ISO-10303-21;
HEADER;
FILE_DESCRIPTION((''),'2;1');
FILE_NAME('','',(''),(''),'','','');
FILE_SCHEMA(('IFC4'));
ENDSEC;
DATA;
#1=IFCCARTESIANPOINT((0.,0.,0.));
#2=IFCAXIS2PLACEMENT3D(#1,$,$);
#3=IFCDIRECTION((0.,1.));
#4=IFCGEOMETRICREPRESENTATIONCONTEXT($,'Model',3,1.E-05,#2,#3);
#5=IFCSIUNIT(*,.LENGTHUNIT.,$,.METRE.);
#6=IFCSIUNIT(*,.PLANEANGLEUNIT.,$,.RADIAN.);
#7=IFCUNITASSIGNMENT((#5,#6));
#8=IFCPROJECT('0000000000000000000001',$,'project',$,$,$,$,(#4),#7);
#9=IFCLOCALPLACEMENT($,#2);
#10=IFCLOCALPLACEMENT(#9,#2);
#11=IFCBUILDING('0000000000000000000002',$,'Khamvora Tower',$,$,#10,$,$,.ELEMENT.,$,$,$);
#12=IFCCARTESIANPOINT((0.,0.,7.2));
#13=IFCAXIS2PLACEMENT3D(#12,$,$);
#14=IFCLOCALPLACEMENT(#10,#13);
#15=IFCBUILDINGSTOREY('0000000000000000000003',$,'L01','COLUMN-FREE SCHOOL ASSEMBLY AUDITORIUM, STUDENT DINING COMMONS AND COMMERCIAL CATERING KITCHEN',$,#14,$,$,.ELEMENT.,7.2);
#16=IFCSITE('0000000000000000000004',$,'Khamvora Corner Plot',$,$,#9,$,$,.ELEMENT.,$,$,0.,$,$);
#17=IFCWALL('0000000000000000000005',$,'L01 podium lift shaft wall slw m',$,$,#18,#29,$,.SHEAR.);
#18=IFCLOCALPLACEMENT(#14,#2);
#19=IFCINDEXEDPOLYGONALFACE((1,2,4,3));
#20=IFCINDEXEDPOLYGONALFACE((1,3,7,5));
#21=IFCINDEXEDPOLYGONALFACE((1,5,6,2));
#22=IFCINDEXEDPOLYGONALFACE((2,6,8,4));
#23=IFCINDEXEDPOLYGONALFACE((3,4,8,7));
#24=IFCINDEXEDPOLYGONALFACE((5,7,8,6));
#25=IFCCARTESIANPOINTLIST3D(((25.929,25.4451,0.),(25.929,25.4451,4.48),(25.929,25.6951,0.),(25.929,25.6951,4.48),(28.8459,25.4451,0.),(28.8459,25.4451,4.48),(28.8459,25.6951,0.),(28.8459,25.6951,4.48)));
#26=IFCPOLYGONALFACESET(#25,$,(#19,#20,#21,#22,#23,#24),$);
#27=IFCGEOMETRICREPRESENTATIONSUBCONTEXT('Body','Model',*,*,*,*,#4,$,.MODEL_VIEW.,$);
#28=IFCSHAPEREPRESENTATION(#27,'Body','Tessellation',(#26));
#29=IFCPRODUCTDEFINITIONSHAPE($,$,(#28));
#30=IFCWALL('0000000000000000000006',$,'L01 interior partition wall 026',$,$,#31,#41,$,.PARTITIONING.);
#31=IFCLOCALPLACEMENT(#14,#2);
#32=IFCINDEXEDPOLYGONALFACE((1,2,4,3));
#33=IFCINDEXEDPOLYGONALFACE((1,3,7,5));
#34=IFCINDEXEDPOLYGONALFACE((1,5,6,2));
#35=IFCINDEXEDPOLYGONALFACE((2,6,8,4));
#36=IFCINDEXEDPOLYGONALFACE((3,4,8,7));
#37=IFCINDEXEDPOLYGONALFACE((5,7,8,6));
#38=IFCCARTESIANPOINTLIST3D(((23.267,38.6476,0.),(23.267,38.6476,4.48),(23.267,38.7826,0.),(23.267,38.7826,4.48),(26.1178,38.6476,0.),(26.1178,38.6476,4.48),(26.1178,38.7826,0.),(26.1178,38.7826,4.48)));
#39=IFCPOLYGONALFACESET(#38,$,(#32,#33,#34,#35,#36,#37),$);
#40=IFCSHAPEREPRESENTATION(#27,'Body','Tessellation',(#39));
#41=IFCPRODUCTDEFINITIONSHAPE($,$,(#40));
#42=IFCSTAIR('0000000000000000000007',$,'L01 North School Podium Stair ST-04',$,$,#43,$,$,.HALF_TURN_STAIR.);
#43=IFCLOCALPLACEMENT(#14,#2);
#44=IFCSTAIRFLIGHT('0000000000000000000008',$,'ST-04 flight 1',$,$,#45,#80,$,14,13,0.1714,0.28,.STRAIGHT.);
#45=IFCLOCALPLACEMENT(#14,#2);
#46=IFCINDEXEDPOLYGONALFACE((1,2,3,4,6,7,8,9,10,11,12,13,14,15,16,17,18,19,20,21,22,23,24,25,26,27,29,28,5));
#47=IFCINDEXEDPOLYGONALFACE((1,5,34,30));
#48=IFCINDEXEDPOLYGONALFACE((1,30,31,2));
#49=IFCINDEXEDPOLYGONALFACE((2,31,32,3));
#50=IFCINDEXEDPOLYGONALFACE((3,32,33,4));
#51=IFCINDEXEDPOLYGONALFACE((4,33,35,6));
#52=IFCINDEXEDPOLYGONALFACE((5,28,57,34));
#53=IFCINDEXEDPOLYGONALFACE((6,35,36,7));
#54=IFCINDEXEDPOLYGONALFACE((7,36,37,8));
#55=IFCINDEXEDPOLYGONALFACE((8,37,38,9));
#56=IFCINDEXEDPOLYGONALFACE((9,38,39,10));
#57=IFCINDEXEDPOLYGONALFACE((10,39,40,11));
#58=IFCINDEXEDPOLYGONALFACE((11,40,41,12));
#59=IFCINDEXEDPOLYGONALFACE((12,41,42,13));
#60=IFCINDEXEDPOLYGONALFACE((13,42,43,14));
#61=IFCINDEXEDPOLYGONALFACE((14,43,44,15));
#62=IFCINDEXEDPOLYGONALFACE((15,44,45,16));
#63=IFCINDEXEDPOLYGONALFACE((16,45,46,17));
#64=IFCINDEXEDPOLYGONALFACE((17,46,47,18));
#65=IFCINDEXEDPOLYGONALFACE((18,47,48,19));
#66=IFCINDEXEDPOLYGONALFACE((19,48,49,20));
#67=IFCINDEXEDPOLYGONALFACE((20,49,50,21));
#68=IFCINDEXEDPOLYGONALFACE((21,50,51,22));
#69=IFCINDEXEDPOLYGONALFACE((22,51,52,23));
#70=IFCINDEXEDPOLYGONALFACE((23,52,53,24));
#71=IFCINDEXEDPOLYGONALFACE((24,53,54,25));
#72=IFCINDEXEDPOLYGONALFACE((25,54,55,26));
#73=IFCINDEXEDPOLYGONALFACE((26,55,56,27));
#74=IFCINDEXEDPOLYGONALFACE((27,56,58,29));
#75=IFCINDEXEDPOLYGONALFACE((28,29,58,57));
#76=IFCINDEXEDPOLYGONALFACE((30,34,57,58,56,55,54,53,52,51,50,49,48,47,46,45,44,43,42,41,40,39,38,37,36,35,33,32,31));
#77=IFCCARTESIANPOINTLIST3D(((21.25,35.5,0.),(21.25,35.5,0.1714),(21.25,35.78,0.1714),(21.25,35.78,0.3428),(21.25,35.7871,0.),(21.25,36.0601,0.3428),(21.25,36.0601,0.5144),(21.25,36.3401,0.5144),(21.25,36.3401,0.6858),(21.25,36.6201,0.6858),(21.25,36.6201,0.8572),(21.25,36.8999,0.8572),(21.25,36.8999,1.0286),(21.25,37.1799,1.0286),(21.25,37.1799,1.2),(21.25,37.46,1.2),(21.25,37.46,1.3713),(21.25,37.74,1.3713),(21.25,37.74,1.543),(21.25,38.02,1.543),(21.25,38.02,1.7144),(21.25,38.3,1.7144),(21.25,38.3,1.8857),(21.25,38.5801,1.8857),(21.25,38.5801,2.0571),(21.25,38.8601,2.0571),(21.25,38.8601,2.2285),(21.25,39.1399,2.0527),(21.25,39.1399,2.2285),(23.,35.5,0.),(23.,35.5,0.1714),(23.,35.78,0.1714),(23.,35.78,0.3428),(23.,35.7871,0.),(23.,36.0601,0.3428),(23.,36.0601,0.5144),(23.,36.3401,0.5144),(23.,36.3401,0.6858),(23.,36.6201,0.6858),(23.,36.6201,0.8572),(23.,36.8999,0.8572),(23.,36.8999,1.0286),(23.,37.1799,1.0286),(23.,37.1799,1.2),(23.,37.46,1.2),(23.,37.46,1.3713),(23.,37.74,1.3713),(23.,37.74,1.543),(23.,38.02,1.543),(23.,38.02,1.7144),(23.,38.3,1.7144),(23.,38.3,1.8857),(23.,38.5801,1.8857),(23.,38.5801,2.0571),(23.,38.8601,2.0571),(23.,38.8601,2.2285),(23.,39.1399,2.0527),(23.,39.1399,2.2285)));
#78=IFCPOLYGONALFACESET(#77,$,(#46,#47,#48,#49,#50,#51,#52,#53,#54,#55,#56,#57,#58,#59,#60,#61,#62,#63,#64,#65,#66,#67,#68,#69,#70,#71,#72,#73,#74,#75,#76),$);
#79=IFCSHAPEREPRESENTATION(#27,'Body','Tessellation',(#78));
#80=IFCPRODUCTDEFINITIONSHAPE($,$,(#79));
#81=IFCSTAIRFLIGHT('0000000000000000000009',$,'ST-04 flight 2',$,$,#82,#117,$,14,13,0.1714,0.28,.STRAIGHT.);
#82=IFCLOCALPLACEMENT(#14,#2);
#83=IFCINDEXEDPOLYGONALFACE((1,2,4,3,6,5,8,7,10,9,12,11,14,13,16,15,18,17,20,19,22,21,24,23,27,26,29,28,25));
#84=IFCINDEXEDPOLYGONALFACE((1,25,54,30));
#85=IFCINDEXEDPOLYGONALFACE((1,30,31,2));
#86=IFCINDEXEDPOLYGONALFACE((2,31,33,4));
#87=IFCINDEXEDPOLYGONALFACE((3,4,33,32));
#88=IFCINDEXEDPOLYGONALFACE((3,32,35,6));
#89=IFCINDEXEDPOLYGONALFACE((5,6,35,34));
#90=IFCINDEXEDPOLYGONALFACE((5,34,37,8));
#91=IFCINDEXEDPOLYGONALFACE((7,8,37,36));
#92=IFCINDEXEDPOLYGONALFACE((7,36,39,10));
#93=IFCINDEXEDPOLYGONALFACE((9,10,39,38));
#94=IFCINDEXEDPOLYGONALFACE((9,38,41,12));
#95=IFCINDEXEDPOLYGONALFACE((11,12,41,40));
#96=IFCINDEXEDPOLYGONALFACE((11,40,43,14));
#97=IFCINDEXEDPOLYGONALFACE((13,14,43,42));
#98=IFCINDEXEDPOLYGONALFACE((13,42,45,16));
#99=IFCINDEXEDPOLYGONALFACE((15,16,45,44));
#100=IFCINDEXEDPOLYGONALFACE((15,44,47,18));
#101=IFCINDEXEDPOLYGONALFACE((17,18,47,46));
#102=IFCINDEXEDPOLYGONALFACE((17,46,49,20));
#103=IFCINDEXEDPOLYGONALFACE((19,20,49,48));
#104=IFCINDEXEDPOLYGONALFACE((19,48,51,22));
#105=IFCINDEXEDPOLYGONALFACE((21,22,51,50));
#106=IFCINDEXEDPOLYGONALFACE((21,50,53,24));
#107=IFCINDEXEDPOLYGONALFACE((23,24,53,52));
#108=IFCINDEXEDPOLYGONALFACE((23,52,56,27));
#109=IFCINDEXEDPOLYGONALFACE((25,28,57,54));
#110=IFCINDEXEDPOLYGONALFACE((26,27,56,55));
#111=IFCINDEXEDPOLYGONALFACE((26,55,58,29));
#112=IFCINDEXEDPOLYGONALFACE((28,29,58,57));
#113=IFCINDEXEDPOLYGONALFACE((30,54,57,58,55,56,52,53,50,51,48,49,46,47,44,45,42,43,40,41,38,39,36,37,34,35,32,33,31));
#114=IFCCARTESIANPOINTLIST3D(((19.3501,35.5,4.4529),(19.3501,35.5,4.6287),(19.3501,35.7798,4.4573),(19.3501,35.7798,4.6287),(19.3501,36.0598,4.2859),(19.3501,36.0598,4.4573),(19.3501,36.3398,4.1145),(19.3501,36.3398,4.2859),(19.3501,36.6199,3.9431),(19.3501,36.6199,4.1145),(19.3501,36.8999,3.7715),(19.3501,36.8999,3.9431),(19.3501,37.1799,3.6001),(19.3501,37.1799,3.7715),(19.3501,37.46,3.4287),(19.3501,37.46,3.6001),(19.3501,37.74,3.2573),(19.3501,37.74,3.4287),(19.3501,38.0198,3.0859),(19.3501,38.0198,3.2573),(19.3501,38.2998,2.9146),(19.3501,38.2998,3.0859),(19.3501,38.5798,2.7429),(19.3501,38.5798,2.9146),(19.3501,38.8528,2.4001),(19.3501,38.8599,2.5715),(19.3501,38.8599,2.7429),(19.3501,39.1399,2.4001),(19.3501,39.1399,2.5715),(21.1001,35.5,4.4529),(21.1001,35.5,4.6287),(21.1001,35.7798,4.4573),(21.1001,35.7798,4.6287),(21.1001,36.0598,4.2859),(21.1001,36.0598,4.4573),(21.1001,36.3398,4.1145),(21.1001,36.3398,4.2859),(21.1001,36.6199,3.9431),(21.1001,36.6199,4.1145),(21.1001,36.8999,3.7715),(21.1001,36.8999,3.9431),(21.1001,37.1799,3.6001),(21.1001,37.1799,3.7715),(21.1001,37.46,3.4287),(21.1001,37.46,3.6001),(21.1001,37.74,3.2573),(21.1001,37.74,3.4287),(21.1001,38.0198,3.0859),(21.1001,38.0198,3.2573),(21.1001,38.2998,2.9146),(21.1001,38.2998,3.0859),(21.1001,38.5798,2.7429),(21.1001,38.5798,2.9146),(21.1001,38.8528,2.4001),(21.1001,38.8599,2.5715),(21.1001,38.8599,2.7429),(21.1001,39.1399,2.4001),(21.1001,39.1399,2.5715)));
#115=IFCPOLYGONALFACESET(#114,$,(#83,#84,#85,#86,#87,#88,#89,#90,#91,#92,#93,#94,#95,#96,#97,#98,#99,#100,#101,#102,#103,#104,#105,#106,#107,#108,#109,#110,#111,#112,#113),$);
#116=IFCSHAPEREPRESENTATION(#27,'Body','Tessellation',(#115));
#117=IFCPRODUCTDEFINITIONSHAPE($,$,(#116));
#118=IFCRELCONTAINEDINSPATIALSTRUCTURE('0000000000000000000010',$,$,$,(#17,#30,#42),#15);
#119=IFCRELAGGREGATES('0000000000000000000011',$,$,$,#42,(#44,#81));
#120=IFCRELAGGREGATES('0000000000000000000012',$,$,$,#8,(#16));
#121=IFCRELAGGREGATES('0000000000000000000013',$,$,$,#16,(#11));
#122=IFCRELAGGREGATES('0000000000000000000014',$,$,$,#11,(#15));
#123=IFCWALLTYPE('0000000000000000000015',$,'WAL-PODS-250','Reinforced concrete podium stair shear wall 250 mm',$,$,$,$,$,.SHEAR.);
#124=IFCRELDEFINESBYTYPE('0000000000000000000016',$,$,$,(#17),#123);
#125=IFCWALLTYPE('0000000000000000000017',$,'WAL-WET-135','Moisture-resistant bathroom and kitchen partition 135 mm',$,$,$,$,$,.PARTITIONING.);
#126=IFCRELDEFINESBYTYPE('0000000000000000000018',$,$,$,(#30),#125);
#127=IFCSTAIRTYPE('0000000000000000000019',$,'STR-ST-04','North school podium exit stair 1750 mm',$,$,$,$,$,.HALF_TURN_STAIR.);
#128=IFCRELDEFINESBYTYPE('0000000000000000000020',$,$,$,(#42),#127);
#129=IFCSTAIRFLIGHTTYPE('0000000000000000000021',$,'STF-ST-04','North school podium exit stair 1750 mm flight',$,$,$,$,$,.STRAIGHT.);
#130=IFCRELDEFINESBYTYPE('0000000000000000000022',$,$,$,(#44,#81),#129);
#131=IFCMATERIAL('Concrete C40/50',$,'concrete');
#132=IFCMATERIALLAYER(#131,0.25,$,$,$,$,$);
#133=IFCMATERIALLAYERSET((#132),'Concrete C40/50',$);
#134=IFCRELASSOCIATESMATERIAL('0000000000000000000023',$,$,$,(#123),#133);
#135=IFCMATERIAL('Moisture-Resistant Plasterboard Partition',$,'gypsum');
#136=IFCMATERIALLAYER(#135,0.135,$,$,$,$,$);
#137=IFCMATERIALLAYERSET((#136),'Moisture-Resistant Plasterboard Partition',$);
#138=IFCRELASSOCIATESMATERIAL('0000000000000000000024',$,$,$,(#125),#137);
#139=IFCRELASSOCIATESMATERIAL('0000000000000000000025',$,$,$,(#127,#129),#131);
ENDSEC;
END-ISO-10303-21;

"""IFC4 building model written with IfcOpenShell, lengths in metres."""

from ifc_helpers import new_model, si_unit, direction, frame, frame_2d, origin, place, context, subcontext, project, spatial, polyline, rectangle, outline, extrude, material, layer, layer_set, type_object, element, aggregate, save


model = new_model("IFC4")

# Units and contexts
model_context = context("Model", 3, precision=1e-05, world=origin(), true_north=direction((0.0, 1.0)))
body_context = subcontext(model_context, "Body", "Model", "MODEL_VIEW")
ifc_project = project(units=[si_unit("LENGTHUNIT", "METRE"), si_unit("PLANEANGLEUNIT", "RADIAN")], contexts=[model_context])

# Site, building, storey
site_placement = place(None, origin())
site = spatial("IfcSite", under=ifc_project, at=site_placement, Name="Khamvora Corner Plot", CompositionType="ELEMENT", RefElevation=0.0)
building_placement = place(site_placement, origin())
building = spatial("IfcBuilding", under=site, at=building_placement, Name="Khamvora Tower", CompositionType="ELEMENT")
storey_placement = place(building_placement, frame((0.0, 0.0, 7.2)))
storey = spatial("IfcBuildingStorey", under=building, at=storey_placement, Name="L01", Description="COLUMN-FREE SCHOOL ASSEMBLY AUDITORIUM, STUDENT DINING COMMONS AND COMMERCIAL CATERING KITCHEN", CompositionType="ELEMENT", Elevation=7.2)

# Shared definitions
ifc_material_1 = material(Name="Concrete C40/50", Category="concrete")
ifc_layer_1 = layer(ifc_material_1, 0.25)
ifc_layer_set_1 = layer_set([ifc_layer_1], Name="Concrete C40/50")
wall_type_1 = type_object("IfcWallType", Name="WAL-PODS-250", Description="Reinforced concrete podium stair shear wall 250 mm", PredefinedType="SHEAR", material=ifc_layer_set_1)

# Walls
for number, where, z_axis, x_axis, name in (
    (1, (25.929, 25.5701, 0.0), (0.0, 0.0, 1.0), (1.0, 0.0, 0.0), "L01 podium lift shaft wall slw m"),
):
    element("IfcWall", number, at=place(storey_placement, frame(where, z_axis=z_axis, x_axis=x_axis)), inside=storey, type_object=wall_type_1, Name=name, PredefinedType="SHEAR", context=body_context, shape_type="SweptSolid", body=[
        extrude(rectangle(XDim=2.917, YDim=0.25, at=frame_2d((1.4585, 0.0))), origin(), (0.0, 0.0, 1.0), 4.48),
    ])
ifc_material_2 = material(Name="Moisture-Resistant Plasterboard Partition", Category="gypsum")
ifc_layer_2 = layer(ifc_material_2, 0.135)
ifc_layer_set_2 = layer_set([ifc_layer_2], Name="Moisture-Resistant Plasterboard Partition")
wall_type_2 = type_object("IfcWallType", Name="WAL-WET-135", Description="Moisture-resistant bathroom and kitchen partition 135 mm", PredefinedType="PARTITIONING", material=ifc_layer_set_2)
wall_1_placement = place(storey_placement, frame((23.2671, 38.7151, 0.0), z_axis=(0.0, 0.0, 1.0), x_axis=(1.0, 0.0, 0.0)))
element("IfcWall", 2, at=wall_1_placement, inside=storey, type_object=wall_type_2, Name="L01 interior partition wall 026", PredefinedType="PARTITIONING", context=body_context, shape_type="SweptSolid", body=[
    extrude(rectangle(XDim=2.8508, YDim=0.135, at=frame_2d((1.4253, 0.0))), origin(), (0.0, 0.0, 1.0), 4.48),
])

# Stair, stair flights
stair_type = type_object("IfcStairType", Name="STR-ST-04", Description="North school podium exit stair 1750 mm", PredefinedType="HALF_TURN_STAIR", material=ifc_material_1)
stair_placement = place(storey_placement, origin())
stair = element("IfcStair", 3, at=stair_placement, inside=storey, type_object=stair_type, Name="L01 North School Podium Stair ST-04", PredefinedType="HALF_TURN_STAIR")
stair_flight_type = type_object("IfcStairFlightType", Name="STF-ST-04", Description="North school podium exit stair 1750 mm flight", PredefinedType="STRAIGHT", material=ifc_material_1)
stair_flight_1_placement = place(storey_placement, frame((22.125, 35.5, 0.0), z_axis=(0.0, 0.0, 1.0), x_axis=(0.0, 1.0, 0.0)))
stair_flight_1 = element("IfcStairFlight", 4, at=stair_flight_1_placement, type_object=stair_flight_type, Name="ST-04 flight 1", NumberOfRisers=14, NumberOfTreads=13, PredefinedType="STRAIGHT", RiserHeight=0.1714, TreadLength=0.28, context=body_context, shape_type="SweptSolid", body=[
    extrude(outline(polyline([(0.0, 0.0), (0.0, 0.1714), (0.28, 0.1714), (0.28, 0.3428), (0.5601, 0.3428), (0.5601, 0.5144), (0.8401, 0.5144), (0.8401, 0.6858), (1.1201, 0.6858), (1.1201, 0.8572), (1.3999, 0.8572), (1.3999, 1.0286), (1.6799, 1.0286), (1.6799, 1.2), (1.96, 1.2), (1.96, 1.3713), (2.24, 1.3713), (2.24, 1.543), (2.52, 1.543), (2.52, 1.7144), (2.8, 1.7144), (2.8, 1.8857), (3.0801, 1.8857), (3.0801, 2.0571), (3.3601, 2.0571), (3.3601, 2.2285), (3.6399, 2.2285), (3.6399, 2.3999), (3.6399, 2.0527), (0.2871, 0.0), (0.0, 0.0)])), frame((0.0, 0.875, 0.0), z_axis=(0.0, -1.0, 0.0), x_axis=(1.0, 0.0, 0.0)), (0.0, 0.0, 1.0), 1.75),
])
stair_flight_2_placement = place(storey_placement, frame((20.2251, 39.1399, 2.4001), z_axis=(0.0, 0.0, 1.0), x_axis=(0.0, -1.0, 0.0)))
stair_flight_2 = element("IfcStairFlight", 5, at=stair_flight_2_placement, type_object=stair_flight_type, Name="ST-04 flight 2", NumberOfRisers=14, NumberOfTreads=13, PredefinedType="STRAIGHT", RiserHeight=0.1714, TreadLength=0.28, context=body_context, shape_type="SweptSolid", body=[
    extrude(outline(polyline([(0.0, 0.0), (0.0, 0.1714), (0.28, 0.1714), (0.28, 0.3428), (0.5601, 0.3428), (0.5601, 0.5144), (0.8401, 0.5144), (0.8401, 0.6858), (1.1201, 0.6858), (1.1201, 0.8572), (1.3999, 0.8572), (1.3999, 1.0286), (1.6799, 1.0286), (1.6799, 1.2), (1.96, 1.2), (1.96, 1.3713), (2.24, 1.3713), (2.24, 1.543), (2.52, 1.543), (2.52, 1.7144), (2.8, 1.7144), (2.8, 1.8857), (3.0801, 1.8857), (3.0801, 2.0571), (3.3601, 2.0571), (3.3601, 2.2285), (3.6399, 2.2285), (3.6399, 2.3999), (3.6399, 2.0527), (0.2871, 0.0), (0.0, 0.0)])), frame((0.0, 0.875, 0.0), z_axis=(0.0, -1.0, 0.0), x_axis=(1.0, 0.0, 0.0)), (0.0, 0.0, 1.0), 1.75),
])
aggregate(stair, [stair_flight_1, stair_flight_2])

save(model, "model.ifc")
